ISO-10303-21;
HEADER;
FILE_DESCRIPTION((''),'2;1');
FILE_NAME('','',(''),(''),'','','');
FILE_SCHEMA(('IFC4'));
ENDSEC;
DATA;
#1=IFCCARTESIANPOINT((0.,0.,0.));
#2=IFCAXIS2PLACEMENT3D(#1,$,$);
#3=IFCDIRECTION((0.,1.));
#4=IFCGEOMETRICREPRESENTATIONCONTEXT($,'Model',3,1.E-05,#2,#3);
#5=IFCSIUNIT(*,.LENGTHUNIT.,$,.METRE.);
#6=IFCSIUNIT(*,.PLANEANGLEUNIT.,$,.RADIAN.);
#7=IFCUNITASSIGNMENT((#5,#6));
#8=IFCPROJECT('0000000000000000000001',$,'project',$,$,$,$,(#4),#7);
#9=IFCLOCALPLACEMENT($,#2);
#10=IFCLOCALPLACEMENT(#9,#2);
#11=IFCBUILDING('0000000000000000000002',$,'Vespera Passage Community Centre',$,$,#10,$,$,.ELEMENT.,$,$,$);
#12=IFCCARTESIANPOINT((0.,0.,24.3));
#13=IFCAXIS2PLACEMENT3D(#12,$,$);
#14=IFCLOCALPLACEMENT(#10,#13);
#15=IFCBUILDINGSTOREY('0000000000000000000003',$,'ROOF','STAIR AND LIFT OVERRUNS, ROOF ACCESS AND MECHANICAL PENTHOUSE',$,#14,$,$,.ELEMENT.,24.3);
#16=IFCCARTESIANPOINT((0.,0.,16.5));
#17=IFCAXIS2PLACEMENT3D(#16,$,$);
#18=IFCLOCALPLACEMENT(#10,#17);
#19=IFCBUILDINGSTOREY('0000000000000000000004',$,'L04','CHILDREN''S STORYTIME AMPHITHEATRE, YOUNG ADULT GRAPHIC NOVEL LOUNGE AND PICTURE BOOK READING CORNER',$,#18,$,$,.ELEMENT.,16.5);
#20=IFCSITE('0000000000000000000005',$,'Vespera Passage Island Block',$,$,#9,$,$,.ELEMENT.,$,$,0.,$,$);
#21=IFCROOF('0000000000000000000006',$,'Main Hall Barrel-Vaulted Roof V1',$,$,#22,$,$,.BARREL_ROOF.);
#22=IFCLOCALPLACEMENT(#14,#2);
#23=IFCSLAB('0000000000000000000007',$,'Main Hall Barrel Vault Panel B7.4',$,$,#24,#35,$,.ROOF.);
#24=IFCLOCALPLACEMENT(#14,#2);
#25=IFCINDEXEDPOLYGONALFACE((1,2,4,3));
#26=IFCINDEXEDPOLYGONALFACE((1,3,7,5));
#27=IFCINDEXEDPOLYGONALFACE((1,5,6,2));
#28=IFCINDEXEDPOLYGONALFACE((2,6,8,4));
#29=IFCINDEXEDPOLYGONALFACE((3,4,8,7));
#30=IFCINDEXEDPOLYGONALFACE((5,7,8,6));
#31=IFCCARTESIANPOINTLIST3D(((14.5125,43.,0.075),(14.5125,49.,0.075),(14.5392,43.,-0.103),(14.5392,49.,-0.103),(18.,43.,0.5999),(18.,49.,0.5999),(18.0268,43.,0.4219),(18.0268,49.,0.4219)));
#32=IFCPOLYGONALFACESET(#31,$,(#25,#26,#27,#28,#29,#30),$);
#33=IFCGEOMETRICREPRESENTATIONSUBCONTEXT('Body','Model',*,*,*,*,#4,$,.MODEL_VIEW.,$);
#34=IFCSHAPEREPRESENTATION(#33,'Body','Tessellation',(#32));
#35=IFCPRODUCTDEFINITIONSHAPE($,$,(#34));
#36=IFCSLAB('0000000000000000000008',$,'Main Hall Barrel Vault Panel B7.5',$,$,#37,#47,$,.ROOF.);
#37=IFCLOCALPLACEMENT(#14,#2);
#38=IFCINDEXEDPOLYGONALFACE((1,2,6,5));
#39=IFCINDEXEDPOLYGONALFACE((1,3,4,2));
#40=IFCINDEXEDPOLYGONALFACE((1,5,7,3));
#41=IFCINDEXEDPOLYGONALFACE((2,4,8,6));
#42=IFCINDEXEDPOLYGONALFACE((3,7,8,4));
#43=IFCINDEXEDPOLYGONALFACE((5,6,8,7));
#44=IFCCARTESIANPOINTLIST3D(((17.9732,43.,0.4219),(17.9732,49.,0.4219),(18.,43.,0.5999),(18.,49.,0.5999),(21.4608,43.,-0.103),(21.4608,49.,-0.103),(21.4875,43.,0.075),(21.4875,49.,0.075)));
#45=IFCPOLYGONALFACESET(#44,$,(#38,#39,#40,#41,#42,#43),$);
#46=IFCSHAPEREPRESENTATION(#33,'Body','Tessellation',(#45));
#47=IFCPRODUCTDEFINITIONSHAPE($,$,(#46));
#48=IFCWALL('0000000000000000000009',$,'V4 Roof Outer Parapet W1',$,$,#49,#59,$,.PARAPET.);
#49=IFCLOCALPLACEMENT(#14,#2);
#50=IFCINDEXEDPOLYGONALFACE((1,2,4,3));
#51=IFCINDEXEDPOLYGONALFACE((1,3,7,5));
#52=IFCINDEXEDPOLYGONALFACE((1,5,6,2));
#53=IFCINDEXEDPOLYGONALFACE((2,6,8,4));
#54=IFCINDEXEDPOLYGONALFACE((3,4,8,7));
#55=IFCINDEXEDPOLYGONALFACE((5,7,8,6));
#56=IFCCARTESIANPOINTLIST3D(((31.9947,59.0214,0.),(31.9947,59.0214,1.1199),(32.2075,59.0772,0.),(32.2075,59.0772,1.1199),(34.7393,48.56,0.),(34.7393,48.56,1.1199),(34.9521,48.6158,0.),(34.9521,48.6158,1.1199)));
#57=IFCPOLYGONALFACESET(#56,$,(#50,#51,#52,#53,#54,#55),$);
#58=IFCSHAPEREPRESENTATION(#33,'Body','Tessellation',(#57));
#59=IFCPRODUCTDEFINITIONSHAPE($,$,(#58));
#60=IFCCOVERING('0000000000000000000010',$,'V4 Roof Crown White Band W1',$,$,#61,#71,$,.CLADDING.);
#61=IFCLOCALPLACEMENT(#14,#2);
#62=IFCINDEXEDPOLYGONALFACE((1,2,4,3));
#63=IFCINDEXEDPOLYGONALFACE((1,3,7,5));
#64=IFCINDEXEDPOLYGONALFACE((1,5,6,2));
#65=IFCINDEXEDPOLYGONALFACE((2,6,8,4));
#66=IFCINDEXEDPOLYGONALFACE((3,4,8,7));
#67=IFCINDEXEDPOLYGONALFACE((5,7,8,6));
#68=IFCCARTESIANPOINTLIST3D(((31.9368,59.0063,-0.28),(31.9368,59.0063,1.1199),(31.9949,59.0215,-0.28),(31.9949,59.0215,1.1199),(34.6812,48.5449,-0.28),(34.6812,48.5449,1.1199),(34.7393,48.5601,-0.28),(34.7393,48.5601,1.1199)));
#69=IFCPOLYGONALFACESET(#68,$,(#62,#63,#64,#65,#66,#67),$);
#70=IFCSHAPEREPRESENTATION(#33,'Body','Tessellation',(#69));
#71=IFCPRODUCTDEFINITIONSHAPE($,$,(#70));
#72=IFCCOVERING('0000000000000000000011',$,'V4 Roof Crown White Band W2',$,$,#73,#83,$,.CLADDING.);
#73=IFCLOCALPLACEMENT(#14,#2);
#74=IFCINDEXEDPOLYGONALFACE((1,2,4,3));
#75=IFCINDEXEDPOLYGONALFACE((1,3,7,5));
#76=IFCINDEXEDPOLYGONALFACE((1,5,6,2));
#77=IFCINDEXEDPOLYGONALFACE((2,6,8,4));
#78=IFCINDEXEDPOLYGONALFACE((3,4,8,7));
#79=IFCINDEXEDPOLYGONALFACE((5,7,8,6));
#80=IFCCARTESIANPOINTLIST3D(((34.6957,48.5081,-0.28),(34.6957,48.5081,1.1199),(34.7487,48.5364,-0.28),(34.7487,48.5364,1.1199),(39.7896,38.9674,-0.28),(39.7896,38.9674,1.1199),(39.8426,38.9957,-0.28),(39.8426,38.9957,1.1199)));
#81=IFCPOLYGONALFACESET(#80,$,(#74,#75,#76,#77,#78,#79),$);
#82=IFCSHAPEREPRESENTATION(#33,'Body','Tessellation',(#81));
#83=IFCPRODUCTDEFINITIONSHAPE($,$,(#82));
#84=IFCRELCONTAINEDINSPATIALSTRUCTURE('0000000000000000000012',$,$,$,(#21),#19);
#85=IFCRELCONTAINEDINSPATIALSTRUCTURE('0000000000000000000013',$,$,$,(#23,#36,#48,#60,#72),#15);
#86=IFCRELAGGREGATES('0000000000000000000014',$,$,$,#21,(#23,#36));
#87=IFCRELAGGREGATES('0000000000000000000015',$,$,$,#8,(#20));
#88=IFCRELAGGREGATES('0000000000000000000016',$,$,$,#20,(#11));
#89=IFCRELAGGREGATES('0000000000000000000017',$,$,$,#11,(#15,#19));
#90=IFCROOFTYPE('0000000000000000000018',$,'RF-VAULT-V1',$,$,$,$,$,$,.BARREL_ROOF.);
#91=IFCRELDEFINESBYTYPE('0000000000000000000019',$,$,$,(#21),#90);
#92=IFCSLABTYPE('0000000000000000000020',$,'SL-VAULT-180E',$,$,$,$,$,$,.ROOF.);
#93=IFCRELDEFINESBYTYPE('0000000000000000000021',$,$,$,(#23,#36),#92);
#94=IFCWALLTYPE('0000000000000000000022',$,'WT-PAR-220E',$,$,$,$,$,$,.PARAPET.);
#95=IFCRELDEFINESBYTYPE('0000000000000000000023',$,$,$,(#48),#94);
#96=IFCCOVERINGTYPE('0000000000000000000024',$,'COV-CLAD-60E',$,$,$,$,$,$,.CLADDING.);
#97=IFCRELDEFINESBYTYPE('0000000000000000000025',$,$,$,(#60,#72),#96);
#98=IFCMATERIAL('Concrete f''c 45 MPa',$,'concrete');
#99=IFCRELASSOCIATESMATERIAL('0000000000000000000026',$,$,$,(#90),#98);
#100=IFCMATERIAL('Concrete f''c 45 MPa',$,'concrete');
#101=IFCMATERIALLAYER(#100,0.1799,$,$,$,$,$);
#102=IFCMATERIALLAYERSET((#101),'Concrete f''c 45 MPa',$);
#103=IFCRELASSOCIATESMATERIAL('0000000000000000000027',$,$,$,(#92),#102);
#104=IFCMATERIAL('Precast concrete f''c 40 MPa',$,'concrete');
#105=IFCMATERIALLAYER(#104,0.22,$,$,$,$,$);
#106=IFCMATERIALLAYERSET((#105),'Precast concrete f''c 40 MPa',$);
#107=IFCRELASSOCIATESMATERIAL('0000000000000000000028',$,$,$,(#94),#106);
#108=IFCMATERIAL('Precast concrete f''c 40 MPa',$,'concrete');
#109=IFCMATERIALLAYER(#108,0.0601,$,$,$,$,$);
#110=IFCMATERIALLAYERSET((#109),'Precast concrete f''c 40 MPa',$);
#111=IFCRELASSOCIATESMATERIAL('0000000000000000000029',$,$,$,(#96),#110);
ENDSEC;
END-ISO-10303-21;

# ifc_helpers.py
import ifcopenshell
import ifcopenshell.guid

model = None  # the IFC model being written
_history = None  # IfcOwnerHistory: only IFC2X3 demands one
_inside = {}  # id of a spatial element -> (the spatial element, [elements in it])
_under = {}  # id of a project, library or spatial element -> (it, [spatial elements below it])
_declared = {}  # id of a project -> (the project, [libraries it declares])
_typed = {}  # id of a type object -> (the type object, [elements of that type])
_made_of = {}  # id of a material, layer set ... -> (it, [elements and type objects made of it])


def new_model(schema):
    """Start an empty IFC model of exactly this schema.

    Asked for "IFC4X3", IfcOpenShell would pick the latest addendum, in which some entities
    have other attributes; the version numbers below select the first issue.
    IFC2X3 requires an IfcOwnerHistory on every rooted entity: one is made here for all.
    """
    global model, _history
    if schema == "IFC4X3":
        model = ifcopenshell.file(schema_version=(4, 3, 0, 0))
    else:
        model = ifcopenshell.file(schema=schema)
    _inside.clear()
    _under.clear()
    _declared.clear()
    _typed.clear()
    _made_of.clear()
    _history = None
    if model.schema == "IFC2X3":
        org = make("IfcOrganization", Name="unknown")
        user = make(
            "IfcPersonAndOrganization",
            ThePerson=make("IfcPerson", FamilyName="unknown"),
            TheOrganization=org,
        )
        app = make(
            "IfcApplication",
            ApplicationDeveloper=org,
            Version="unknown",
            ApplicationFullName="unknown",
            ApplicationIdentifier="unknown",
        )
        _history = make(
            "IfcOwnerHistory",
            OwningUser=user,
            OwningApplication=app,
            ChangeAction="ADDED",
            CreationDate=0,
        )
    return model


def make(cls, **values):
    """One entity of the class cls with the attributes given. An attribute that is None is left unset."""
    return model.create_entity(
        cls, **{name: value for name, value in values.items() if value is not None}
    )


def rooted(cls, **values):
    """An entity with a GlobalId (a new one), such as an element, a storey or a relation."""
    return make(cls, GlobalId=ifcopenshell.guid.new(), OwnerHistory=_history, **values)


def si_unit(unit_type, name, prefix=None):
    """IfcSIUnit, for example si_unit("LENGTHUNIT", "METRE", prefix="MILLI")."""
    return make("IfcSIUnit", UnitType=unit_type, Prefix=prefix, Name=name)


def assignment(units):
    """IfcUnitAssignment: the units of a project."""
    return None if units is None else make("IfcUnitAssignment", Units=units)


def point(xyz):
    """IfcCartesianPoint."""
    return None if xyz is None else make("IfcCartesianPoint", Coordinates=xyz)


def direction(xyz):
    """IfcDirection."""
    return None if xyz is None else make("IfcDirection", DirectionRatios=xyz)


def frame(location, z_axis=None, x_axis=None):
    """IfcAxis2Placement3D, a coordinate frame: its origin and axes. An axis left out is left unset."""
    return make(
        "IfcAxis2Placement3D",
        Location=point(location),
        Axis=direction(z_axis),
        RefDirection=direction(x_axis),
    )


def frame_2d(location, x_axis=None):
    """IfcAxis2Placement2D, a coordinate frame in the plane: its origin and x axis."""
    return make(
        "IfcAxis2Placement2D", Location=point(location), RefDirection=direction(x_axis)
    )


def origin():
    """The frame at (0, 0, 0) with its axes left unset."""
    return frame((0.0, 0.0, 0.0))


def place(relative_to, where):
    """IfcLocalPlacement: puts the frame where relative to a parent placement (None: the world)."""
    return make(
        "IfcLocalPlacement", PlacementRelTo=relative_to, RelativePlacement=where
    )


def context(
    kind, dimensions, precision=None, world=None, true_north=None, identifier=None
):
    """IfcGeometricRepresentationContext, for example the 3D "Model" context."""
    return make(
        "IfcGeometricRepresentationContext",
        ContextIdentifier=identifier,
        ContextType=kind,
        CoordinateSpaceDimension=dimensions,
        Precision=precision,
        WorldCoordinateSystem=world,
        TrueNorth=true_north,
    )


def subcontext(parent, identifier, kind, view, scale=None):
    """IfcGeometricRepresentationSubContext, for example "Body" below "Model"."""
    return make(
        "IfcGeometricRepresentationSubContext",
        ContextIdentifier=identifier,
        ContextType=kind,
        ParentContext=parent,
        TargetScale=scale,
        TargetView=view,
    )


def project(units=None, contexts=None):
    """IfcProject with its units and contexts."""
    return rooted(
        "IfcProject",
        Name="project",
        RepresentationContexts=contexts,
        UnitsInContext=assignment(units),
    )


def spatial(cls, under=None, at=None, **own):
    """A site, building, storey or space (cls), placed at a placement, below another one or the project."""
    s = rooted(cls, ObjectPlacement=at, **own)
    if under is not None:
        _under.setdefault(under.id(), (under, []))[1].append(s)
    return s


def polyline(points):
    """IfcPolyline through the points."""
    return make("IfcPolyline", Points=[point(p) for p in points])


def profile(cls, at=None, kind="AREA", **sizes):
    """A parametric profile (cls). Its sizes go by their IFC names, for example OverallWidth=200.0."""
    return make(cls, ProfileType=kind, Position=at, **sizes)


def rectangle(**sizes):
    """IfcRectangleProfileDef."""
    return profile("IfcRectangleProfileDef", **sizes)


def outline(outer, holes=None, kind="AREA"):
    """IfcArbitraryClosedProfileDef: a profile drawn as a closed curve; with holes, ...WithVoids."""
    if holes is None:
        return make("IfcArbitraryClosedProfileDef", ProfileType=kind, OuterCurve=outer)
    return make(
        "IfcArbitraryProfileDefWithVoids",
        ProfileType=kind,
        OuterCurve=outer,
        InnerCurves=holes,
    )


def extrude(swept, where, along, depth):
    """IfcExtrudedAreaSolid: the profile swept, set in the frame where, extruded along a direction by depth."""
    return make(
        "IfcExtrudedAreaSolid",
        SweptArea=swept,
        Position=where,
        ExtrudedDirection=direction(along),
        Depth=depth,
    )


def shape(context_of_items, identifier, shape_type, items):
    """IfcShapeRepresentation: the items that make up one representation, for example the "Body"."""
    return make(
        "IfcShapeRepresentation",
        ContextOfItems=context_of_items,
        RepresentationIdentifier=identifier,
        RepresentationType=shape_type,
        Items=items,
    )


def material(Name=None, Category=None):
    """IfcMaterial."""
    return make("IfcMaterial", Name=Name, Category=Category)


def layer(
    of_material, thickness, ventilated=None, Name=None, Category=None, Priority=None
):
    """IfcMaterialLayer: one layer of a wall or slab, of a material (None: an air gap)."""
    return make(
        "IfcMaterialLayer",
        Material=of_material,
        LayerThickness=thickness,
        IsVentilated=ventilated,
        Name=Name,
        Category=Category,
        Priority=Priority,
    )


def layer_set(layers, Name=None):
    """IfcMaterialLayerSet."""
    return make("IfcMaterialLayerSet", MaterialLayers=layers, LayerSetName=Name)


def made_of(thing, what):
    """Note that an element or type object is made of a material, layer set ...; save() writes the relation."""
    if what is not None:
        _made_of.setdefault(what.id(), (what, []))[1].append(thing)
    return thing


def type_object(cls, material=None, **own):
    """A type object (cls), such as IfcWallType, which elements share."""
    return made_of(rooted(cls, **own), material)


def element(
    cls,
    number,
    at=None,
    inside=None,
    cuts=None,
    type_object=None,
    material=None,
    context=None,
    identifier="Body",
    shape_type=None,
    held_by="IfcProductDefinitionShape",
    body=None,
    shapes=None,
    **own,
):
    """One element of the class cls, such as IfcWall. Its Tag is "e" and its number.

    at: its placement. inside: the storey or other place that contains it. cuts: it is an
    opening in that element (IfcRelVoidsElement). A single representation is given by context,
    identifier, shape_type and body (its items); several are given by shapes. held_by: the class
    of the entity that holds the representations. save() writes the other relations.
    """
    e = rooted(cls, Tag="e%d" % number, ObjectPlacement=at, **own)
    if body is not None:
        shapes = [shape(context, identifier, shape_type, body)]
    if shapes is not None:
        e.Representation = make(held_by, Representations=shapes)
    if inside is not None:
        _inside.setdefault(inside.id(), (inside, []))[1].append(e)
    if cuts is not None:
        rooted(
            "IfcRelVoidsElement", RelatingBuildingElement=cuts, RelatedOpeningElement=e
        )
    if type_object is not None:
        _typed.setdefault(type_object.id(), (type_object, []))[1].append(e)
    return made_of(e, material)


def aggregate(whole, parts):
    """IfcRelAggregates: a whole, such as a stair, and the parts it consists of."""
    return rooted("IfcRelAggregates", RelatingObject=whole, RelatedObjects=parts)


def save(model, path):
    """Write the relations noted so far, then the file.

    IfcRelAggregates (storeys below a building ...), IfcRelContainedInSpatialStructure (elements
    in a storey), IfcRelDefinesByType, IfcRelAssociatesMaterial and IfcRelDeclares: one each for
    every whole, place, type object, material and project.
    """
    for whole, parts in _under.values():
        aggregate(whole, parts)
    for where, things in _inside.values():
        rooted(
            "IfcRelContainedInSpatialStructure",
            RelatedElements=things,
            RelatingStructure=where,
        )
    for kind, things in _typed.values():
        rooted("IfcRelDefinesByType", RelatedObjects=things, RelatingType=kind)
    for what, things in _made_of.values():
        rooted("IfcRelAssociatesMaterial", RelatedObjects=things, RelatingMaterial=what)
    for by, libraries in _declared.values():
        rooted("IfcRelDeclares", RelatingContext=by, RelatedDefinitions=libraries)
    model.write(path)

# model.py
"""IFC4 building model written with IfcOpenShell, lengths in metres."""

from ifc_helpers import new_model, si_unit, direction, frame, frame_2d, origin, place, context, subcontext, project, spatial, polyline, rectangle, outline, extrude, material, layer, layer_set, type_object, element, aggregate, save


model = new_model("IFC4")

# Units and contexts
model_context = context("Model", 3, precision=1e-05, world=origin(), true_north=direction((0.0, 1.0)))
body_context = subcontext(model_context, "Body", "Model", "MODEL_VIEW")
ifc_project = project(units=[si_unit("LENGTHUNIT", "METRE"), si_unit("PLANEANGLEUNIT", "RADIAN")], contexts=[model_context])

# Site, building, storey
site_placement = place(None, origin())
site = spatial("IfcSite", under=ifc_project, at=site_placement, Name="Vespera Passage Island Block", CompositionType="ELEMENT", RefElevation=0.0)
building_placement = place(site_placement, origin())
building = spatial("IfcBuilding", under=site, at=building_placement, Name="Vespera Passage Community Centre", CompositionType="ELEMENT")
storey_1_placement = place(building_placement, frame((0.0, 0.0, 24.3)))
storey_1 = spatial("IfcBuildingStorey", under=building, at=storey_1_placement, Name="ROOF", Description="STAIR AND LIFT OVERRUNS, ROOF ACCESS AND MECHANICAL PENTHOUSE", CompositionType="ELEMENT", Elevation=24.3)

# Shared definitions
storey_2_placement = place(building_placement, frame((0.0, 0.0, 16.5)))
storey_2 = spatial("IfcBuildingStorey", under=building, at=storey_2_placement, Name="L04", Description="CHILDREN'S STORYTIME AMPHITHEATRE, YOUNG ADULT GRAPHIC NOVEL LOUNGE AND PICTURE BOOK READING CORNER", CompositionType="ELEMENT", Elevation=16.5)

# Roof, slabs
ifc_material_1 = material(Name="Concrete f'c 45 MPa", Category="concrete")
roof_type = type_object("IfcRoofType", Name="RF-VAULT-V1", PredefinedType="BARREL_ROOF", material=ifc_material_1)
roof_placement = place(storey_2_placement, origin())
roof = element("IfcRoof", 1, at=roof_placement, inside=storey_2, type_object=roof_type, Name="Main Hall Barrel-Vaulted Roof V1", PredefinedType="BARREL_ROOF")
ifc_material_2 = material(Name="Concrete f'c 45 MPa", Category="concrete")
ifc_layer_1 = layer(ifc_material_2, 0.1799)
ifc_layer_set_1 = layer_set([ifc_layer_1], Name="Concrete f'c 45 MPa")
slab_type = type_object("IfcSlabType", Name="SL-VAULT-180E", PredefinedType="ROOF", material=ifc_layer_set_1)
slab_1_placement = place(storey_1_placement, frame((14.5125, 43.0, 0.075), z_axis=(-0.148831, 0.0, 0.988863), x_axis=(0.988863, 0.0, 0.148831)))
slab_1 = element("IfcSlab", 2, at=slab_1_placement, inside=storey_1, type_object=slab_type, Name="Main Hall Barrel Vault Panel B7.4", PredefinedType="ROOF", context=body_context, shape_type="SweptSolid", body=[
    extrude(outline(polyline([(0.0, 0.0), (3.5268, 0.0), (3.5268, 6.0), (0.0, 6.0), (0.0, 0.0)])), origin(), (0.0, 0.0, -1.0), 0.1799),
])
slab_2_placement = place(storey_1_placement, frame((18.0, 43.0, 0.5999), z_axis=(0.148831, 0.0, 0.988863), x_axis=(0.988863, 0.0, -0.148831)))
slab_2 = element("IfcSlab", 3, at=slab_2_placement, inside=storey_1, type_object=slab_type, Name="Main Hall Barrel Vault Panel B7.5", PredefinedType="ROOF", context=body_context, shape_type="SweptSolid", body=[
    extrude(outline(polyline([(0.0, 0.0), (3.5268, 0.0), (3.5268, 6.0), (0.0, 6.0), (0.0, 0.0)])), origin(), (0.0, 0.0, -1.0), 0.1799),
])
aggregate(roof, [slab_1, slab_2])

# Wall
ifc_material_3 = material(Name="Precast concrete f'c 40 MPa", Category="concrete")
ifc_layer_2 = layer(ifc_material_3, 0.22)
ifc_layer_set_2 = layer_set([ifc_layer_2], Name="Precast concrete f'c 40 MPa")
wall_type = type_object("IfcWallType", Name="WT-PAR-220E", PredefinedType="PARAPET", material=ifc_layer_set_2)
wall_placement = place(storey_1_placement, frame((32.1011, 59.0493, 0.0), z_axis=(0.0, 0.0, 1.0), x_axis=(0.253769, -0.967265, 0.0)))
element("IfcWall", 4, at=wall_placement, inside=storey_1, type_object=wall_type, Name="V4 Roof Outer Parapet W1", PredefinedType="PARAPET", context=body_context, shape_type="SweptSolid", body=[
    extrude(rectangle(XDim=10.8154, YDim=0.22, at=frame_2d((5.4077, 0.0))), origin(), (0.0, 0.0, 1.0), 1.1199),
])

# Coverings
ifc_material_4 = material(Name="Precast concrete f'c 40 MPa", Category="concrete")
ifc_layer_3 = layer(ifc_material_4, 0.0601)
ifc_layer_set_3 = layer_set([ifc_layer_3], Name="Precast concrete f'c 40 MPa")
covering_type = type_object("IfcCoveringType", Name="COV-CLAD-60E", PredefinedType="CLADDING", material=ifc_layer_set_3)
for number, where, z_axis, x_axis, name in (
    (5, (31.9658, 59.0139, -0.28), (0.0, 0.0, 1.0), (0.253748, -0.96727, 0.0), "V4 Roof Crown White Band W1"),
    (6, (34.7222, 48.5222, -0.28), (0.0, 0.0, 1.0), (0.47099, -0.882139, 0.0), "V4 Roof Crown White Band W2"),
):
    element("IfcCovering", number, at=place(storey_1_placement, frame(where, z_axis=z_axis, x_axis=x_axis)), inside=storey_1, type_object=covering_type, Name=name, PredefinedType="CLADDING", context=body_context, shape_type="SweptSolid", body=[
        extrude(rectangle(XDim=10.8154, YDim=0.0601, at=frame_2d((5.4077, 0.0))), origin(), (0.0, 0.0, 1.0), 1.3999),
    ])

save(model, "model.ifc")
